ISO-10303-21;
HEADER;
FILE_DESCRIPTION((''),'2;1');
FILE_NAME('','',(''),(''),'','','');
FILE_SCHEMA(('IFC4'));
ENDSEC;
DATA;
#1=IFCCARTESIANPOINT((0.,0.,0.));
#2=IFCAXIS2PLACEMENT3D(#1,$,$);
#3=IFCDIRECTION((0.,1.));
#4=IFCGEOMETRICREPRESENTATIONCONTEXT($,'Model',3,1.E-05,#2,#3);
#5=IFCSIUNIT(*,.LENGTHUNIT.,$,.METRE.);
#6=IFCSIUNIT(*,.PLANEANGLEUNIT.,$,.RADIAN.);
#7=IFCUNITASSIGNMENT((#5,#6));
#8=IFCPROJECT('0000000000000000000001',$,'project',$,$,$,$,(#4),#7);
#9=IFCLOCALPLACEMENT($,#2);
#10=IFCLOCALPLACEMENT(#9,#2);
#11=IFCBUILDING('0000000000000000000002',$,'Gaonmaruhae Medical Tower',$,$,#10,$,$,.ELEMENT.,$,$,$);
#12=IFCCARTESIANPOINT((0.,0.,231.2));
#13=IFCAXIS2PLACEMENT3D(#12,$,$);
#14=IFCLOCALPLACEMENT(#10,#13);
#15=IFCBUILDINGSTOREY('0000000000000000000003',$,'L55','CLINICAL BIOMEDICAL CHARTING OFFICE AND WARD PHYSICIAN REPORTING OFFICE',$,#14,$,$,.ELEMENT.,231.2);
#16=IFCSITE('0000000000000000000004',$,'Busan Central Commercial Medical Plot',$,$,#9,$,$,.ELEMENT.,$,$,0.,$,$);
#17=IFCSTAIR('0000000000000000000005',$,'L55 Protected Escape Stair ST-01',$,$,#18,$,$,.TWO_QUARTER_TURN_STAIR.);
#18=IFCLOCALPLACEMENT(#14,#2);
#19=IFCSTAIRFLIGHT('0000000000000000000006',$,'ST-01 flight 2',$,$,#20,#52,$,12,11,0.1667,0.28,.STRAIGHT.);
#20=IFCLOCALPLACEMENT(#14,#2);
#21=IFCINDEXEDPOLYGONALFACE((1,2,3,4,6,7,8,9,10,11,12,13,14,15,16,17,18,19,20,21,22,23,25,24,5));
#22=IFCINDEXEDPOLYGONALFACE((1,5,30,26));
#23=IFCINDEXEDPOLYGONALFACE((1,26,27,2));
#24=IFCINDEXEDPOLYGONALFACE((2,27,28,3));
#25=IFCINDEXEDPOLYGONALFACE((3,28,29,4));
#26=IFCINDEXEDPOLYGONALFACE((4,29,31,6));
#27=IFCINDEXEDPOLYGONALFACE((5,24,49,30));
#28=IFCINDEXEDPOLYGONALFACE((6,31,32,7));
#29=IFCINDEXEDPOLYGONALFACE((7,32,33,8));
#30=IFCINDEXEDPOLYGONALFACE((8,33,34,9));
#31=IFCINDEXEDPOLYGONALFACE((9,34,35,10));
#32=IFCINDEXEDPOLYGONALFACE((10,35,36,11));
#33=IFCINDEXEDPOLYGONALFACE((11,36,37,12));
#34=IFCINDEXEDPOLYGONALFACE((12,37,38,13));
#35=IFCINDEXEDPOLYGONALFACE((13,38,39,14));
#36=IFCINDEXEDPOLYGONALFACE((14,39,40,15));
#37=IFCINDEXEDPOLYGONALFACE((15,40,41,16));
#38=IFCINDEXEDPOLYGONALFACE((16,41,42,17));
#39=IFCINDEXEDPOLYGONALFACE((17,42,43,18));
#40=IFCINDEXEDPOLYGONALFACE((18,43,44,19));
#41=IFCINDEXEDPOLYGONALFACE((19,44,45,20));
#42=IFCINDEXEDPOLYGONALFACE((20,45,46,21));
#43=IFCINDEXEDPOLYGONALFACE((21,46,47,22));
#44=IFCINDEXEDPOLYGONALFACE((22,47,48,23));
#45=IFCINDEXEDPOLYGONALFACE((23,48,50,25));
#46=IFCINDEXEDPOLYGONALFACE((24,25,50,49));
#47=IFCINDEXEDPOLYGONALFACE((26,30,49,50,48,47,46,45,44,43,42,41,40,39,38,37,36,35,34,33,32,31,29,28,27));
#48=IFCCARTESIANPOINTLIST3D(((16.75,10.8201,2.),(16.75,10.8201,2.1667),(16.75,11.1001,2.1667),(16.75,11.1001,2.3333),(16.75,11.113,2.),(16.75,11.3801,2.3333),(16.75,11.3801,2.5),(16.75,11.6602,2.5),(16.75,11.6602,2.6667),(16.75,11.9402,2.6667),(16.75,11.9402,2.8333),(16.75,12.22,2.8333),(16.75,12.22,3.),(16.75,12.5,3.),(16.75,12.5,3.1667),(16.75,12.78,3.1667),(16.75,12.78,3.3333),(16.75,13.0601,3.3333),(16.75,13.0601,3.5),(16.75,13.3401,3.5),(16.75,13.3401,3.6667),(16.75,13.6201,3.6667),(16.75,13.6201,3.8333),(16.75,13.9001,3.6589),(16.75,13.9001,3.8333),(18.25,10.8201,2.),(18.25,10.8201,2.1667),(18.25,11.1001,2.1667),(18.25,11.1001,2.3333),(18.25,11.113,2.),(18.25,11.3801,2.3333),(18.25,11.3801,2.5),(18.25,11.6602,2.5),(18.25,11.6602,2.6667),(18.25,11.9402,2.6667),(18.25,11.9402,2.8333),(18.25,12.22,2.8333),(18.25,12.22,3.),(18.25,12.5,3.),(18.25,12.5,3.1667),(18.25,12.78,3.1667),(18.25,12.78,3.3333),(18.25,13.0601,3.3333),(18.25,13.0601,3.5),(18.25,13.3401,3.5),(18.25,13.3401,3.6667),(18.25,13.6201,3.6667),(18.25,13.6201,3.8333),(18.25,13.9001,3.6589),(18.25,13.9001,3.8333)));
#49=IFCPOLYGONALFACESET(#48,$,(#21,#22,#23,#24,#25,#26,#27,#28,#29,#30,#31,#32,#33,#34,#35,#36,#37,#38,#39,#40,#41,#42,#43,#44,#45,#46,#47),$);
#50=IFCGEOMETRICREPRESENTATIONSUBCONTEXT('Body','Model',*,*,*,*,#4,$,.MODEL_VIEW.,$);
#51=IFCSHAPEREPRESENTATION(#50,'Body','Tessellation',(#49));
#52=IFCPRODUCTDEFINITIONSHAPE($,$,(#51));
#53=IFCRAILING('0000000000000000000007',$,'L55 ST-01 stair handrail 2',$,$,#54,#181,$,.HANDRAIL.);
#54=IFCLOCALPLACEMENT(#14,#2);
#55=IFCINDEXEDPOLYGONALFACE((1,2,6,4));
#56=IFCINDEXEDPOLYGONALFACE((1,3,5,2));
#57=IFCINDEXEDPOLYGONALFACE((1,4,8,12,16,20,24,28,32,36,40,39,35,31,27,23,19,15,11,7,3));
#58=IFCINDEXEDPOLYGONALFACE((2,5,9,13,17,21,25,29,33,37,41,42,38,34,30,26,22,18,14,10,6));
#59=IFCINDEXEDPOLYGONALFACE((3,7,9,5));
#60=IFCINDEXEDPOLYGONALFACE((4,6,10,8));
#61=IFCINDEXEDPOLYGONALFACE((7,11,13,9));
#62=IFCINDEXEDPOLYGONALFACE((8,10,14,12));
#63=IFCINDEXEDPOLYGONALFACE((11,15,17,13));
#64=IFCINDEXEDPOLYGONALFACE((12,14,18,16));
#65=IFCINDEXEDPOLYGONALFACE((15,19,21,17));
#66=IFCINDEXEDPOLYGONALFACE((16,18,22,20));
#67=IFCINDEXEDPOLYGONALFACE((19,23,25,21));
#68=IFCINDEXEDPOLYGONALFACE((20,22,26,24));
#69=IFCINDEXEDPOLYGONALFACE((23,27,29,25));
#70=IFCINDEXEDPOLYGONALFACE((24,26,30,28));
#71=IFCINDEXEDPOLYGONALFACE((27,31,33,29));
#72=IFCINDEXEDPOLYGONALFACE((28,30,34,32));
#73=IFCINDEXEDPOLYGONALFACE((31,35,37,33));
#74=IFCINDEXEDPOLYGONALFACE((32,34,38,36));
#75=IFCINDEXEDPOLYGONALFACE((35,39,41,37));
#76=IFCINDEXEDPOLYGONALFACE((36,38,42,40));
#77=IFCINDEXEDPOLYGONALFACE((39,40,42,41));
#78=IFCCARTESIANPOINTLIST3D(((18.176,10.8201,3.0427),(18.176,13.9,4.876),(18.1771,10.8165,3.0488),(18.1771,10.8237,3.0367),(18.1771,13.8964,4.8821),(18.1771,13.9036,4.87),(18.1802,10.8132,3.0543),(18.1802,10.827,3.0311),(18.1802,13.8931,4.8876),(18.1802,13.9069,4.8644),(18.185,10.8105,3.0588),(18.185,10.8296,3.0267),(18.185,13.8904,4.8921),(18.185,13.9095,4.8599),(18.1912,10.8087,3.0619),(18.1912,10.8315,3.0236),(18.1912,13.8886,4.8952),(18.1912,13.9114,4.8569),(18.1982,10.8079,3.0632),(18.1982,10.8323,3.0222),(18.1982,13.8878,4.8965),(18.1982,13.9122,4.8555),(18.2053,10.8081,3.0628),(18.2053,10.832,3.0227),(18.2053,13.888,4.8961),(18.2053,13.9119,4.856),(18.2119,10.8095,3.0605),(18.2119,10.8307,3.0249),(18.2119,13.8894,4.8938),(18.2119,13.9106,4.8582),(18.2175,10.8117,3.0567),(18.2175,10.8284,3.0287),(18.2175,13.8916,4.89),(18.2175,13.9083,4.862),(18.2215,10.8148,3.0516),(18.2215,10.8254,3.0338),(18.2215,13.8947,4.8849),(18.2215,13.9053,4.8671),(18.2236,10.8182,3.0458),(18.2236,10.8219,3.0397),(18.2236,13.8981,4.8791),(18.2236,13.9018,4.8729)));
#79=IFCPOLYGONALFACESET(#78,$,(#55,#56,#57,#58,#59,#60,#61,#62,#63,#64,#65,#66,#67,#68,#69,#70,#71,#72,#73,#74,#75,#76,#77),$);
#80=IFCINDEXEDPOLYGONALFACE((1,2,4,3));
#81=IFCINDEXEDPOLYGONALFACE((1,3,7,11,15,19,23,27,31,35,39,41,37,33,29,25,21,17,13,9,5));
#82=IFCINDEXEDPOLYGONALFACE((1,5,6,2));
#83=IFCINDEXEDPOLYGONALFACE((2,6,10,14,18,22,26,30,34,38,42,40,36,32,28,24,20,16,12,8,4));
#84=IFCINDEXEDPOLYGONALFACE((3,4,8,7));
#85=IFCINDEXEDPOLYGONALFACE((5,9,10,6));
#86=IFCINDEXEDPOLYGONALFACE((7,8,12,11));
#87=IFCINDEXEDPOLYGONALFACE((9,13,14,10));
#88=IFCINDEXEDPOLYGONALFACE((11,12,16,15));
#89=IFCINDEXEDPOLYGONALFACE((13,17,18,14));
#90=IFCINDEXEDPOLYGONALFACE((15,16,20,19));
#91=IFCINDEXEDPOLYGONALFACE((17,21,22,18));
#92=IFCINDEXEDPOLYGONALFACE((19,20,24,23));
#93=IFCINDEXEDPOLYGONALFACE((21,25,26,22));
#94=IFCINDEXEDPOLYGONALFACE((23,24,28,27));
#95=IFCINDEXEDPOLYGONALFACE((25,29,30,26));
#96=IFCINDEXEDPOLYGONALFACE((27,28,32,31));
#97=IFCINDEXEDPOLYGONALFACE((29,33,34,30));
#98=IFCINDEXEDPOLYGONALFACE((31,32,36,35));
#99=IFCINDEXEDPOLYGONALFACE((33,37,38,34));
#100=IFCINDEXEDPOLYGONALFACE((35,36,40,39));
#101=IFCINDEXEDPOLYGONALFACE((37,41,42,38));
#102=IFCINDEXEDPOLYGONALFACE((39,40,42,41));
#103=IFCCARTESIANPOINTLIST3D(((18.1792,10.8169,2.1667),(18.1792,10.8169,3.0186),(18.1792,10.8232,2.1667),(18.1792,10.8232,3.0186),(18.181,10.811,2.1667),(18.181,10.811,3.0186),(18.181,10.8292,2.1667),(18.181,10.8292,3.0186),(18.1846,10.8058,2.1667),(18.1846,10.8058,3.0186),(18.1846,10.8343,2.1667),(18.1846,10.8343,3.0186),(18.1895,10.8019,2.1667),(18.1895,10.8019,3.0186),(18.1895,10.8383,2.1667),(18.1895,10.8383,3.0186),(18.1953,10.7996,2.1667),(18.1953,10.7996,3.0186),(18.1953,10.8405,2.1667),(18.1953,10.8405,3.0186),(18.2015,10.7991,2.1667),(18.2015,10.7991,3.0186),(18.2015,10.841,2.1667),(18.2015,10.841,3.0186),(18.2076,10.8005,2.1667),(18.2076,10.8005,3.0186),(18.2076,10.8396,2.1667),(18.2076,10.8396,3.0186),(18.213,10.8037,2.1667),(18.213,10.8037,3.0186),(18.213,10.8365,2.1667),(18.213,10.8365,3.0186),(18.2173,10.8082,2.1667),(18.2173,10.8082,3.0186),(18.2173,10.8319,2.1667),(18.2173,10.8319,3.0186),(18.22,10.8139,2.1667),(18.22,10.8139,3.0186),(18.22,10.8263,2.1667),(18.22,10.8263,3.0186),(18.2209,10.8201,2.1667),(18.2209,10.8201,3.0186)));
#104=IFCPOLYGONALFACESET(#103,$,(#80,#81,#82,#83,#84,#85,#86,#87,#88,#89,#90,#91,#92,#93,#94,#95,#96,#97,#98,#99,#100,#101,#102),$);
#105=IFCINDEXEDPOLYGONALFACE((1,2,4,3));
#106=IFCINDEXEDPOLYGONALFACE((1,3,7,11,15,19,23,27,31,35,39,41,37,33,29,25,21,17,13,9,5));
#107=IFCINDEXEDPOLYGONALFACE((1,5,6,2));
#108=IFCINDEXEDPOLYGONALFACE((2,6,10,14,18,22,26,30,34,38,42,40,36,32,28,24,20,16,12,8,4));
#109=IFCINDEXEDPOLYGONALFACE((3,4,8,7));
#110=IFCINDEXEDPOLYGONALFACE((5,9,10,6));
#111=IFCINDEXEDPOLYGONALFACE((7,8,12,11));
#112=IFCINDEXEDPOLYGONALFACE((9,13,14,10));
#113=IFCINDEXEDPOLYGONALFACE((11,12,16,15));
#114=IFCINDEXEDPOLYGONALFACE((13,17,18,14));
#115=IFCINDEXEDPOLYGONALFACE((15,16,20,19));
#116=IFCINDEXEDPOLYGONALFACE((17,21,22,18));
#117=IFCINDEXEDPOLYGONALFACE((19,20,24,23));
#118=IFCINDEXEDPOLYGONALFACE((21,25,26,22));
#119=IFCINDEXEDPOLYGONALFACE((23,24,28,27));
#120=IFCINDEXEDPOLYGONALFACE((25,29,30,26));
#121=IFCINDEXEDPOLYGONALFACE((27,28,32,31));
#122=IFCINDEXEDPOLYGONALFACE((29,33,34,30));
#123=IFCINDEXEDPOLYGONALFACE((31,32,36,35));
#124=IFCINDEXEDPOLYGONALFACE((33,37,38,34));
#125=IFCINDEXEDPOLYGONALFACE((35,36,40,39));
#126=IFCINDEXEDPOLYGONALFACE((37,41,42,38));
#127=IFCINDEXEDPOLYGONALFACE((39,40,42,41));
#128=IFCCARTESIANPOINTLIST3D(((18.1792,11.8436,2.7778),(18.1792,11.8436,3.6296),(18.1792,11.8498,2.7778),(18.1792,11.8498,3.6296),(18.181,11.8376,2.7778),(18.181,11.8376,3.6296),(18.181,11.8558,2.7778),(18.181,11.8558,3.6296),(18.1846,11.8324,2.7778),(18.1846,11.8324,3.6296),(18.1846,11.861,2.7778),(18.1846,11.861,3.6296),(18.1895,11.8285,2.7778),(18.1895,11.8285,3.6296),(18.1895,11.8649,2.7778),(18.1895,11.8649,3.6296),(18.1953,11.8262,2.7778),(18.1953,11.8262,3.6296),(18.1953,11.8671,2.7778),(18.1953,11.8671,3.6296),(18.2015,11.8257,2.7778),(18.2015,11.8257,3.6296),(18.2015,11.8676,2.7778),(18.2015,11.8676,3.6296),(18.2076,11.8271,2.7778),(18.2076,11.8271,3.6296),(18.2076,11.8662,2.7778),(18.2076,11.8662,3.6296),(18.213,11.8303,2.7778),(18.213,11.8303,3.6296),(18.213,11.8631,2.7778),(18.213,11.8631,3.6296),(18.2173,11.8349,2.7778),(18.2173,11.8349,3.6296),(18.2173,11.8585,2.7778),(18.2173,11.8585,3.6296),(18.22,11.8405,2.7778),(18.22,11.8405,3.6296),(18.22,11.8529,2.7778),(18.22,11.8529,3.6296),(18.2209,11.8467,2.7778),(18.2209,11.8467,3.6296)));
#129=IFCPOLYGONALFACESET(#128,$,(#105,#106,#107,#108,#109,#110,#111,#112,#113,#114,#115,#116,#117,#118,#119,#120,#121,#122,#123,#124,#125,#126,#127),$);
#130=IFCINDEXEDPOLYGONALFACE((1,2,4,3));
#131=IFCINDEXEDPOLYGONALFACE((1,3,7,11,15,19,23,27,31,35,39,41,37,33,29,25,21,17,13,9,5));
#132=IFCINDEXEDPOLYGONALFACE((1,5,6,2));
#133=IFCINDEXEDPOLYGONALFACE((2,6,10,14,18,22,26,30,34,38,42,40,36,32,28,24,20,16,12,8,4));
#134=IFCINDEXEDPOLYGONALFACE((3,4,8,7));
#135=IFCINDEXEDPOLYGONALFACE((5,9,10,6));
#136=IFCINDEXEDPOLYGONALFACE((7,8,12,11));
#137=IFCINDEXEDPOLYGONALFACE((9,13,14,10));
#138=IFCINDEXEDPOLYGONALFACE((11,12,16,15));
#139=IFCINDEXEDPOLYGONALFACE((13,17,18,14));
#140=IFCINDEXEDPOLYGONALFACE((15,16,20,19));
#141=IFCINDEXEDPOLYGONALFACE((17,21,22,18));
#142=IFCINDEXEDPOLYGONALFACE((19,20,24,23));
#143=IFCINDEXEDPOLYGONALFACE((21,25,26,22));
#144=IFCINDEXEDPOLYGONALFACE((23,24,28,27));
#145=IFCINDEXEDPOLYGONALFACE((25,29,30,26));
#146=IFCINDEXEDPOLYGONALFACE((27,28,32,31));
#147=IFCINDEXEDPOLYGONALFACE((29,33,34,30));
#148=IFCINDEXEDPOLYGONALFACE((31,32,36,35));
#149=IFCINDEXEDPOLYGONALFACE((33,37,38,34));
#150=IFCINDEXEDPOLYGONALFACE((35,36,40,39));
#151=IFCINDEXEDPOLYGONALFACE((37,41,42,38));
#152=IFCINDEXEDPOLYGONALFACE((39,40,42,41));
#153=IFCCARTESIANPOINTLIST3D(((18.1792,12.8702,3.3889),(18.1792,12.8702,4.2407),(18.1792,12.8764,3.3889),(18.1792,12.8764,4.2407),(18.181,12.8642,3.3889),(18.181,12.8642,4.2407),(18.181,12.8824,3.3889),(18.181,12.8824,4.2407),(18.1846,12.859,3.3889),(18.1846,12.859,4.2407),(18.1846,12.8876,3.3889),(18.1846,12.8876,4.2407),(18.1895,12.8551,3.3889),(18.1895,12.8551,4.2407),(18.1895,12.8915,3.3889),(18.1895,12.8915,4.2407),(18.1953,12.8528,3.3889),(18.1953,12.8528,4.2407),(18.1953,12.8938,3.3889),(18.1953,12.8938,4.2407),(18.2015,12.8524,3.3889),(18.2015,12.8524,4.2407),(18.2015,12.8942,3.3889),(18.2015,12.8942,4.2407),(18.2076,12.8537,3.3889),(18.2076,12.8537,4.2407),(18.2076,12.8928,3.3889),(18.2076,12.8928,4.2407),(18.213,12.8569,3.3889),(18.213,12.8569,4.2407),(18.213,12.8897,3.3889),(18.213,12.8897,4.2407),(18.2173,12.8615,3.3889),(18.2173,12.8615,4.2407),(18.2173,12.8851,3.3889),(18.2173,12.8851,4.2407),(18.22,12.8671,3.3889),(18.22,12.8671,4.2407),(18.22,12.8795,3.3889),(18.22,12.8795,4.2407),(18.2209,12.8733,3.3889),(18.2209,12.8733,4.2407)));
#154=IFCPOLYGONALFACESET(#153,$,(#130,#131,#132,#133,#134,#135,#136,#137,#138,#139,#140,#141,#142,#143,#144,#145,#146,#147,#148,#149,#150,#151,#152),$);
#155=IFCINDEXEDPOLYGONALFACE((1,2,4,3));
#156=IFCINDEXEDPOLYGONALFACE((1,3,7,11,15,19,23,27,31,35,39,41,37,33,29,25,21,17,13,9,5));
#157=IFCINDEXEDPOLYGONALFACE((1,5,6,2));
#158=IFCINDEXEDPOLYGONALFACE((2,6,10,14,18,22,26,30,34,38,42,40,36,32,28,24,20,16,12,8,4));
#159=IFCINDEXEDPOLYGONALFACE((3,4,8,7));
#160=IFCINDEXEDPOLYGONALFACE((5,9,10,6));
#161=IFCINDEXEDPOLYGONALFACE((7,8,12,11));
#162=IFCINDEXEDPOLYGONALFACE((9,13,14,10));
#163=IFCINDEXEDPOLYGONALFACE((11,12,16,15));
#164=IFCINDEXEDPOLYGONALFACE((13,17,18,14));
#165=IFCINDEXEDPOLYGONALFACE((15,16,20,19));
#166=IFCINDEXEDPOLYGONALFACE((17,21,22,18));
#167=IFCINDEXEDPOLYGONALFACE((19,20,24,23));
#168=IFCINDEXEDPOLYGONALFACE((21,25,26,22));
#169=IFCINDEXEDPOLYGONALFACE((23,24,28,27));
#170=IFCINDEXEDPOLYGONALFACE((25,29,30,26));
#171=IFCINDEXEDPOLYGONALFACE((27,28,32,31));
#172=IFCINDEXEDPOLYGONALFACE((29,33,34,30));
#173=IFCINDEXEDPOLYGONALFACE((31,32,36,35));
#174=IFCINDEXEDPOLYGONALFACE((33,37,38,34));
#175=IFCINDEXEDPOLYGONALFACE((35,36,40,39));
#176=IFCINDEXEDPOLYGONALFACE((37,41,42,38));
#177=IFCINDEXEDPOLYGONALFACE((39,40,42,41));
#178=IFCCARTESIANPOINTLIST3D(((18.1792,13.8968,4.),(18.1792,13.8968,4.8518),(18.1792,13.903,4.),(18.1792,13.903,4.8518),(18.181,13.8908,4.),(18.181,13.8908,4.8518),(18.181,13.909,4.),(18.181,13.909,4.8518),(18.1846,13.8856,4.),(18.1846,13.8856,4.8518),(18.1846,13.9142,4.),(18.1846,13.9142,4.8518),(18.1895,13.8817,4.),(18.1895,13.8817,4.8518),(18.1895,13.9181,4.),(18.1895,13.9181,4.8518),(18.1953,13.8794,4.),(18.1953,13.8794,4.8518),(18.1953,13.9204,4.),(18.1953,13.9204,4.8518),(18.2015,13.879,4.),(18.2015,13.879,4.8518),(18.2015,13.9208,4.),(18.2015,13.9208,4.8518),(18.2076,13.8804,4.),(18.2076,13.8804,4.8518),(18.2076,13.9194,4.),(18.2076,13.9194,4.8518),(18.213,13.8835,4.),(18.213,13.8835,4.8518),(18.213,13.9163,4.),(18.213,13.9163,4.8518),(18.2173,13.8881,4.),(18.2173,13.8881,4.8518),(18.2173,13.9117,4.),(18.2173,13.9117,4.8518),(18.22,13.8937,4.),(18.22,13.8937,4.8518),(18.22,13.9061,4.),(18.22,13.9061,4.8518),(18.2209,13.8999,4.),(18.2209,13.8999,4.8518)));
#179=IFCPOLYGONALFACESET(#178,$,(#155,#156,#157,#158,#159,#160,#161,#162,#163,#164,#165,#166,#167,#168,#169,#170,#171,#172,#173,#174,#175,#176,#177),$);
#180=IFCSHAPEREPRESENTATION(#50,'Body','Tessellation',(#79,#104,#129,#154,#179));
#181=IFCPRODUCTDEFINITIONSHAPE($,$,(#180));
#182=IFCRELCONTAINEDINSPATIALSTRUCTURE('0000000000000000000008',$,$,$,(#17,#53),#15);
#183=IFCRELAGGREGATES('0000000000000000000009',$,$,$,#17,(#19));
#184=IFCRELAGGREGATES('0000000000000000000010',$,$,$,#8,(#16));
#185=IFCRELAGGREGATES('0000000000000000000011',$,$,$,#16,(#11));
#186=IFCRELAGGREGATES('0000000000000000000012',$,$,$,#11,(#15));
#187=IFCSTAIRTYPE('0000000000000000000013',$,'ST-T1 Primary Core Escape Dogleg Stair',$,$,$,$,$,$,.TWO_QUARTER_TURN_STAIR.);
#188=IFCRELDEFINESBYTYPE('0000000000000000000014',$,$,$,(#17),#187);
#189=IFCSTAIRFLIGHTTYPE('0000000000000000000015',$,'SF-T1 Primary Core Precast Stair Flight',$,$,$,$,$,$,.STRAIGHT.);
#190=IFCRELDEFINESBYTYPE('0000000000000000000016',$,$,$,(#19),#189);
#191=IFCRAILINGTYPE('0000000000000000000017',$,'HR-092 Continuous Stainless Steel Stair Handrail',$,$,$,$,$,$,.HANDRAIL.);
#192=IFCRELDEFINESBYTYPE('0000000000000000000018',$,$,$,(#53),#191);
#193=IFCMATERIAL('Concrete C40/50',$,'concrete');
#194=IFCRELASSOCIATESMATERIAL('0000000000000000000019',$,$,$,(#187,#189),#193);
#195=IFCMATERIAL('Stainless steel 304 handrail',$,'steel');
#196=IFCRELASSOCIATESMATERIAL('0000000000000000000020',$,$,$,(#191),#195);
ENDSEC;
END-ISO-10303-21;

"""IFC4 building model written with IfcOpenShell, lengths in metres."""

from ifc_helpers import new_model, si_unit, direction, frame, origin, origin_2d, place, context, subcontext, project, spatial, polyline, circle, outline, extrude, material, type_object, element, aggregate, save


model = new_model("IFC4")

# Units and contexts
model_context = context("Model", 3, precision=1e-05, world=origin(), true_north=direction((0.0, 1.0)))
body_context = subcontext(model_context, "Body", "Model", "MODEL_VIEW")
ifc_project = project(units=[si_unit("LENGTHUNIT", "METRE"), si_unit("PLANEANGLEUNIT", "RADIAN")], contexts=[model_context])

# Site, building, storey
site_placement = place(None, origin())
site = spatial("IfcSite", under=ifc_project, at=site_placement, Name="Busan Central Commercial Medical Plot", CompositionType="ELEMENT", RefElevation=0.0)
building_placement = place(site_placement, origin())
building = spatial("IfcBuilding", under=site, at=building_placement, Name="Gaonmaruhae Medical Tower", CompositionType="ELEMENT")
storey_placement = place(building_placement, frame((0.0, 0.0, 231.2)))
storey = spatial("IfcBuildingStorey", under=building, at=storey_placement, Name="L55", Description="CLINICAL BIOMEDICAL CHARTING OFFICE AND WARD PHYSICIAN REPORTING OFFICE", CompositionType="ELEMENT", Elevation=231.2)

# Stair, stair flight
ifc_material_1 = material(Name="Concrete C40/50", Category="concrete")
stair_type = type_object("IfcStairType", Name="ST-T1 Primary Core Escape Dogleg Stair", PredefinedType="TWO_QUARTER_TURN_STAIR", material=ifc_material_1)
stair_placement = place(storey_placement, origin())
stair = element("IfcStair", 1, at=stair_placement, inside=storey, type_object=stair_type, Name="L55 Protected Escape Stair ST-01", PredefinedType="TWO_QUARTER_TURN_STAIR")
stair_flight_type = type_object("IfcStairFlightType", Name="SF-T1 Primary Core Precast Stair Flight", PredefinedType="STRAIGHT", material=ifc_material_1)
stair_flight_placement = place(storey_placement, frame((17.5, 10.8201, 2.0), z_axis=(0.0, 0.0, 1.0), x_axis=(0.0, 1.0, 0.0)))
stair_flight = element("IfcStairFlight", 2, at=stair_flight_placement, type_object=stair_flight_type, Name="ST-01 flight 2", NumberOfRisers=12, NumberOfTreads=11, PredefinedType="STRAIGHT", RiserHeight=0.1667, TreadLength=0.28, context=body_context, shape_type="SweptSolid", body=[
    extrude(outline(polyline([(0.0, 0.0), (0.0, 0.1667), (0.28, 0.1667), (0.28, 0.3333), (0.5601, 0.3333), (0.5601, 0.5), (0.8401, 0.5), (0.8401, 0.6667), (1.1201, 0.6667), (1.1201, 0.8333), (1.3999, 0.8333), (1.3999, 1.0), (1.6799, 1.0), (1.6799, 1.1667), (1.96, 1.1667), (1.96, 1.3333), (2.24, 1.3333), (2.24, 1.5), (2.52, 1.5), (2.52, 1.6667), (2.8, 1.6667), (2.8, 1.8333), (3.0801, 1.8333), (3.0801, 2.0), (3.0801, 1.6589), (0.293, 0.0), (0.0, 0.0)])), frame((0.0, 0.75, 0.0), z_axis=(0.0, -1.0, 0.0), x_axis=(1.0, 0.0, 0.0)), (0.0, 0.0, 1.0), 1.5),
])
aggregate(stair, [stair_flight])

# Railing
ifc_material_2 = material(Name="Stainless steel 304 handrail", Category="steel")
railing_type_1 = type_object("IfcRailingType", Name="HR-092 Continuous Stainless Steel Stair Handrail", PredefinedType="HANDRAIL", material=ifc_material_2)
railing_1_placement = place(storey_placement, frame((18.2, 10.8201, 2.1667)))
element("IfcRailing", 3, at=railing_1_placement, inside=storey, type_object=railing_type_1, Name="L55 ST-01 stair handrail 2", PredefinedType="HANDRAIL", context=body_context, shape_type="SweptSolid", body=[
    extrude(circle(Radius=0.0239, at=origin_2d()), frame((0.0, 0.0, 0.876), z_axis=(0.0, 0.859291, 0.511487), x_axis=(-1.0, 0.0, 0.0)), (0.0, 0.0, 1.0), 3.5842),
    extrude(circle(Radius=0.021, at=origin_2d()), origin(), (0.0, 0.0, 1.0), 0.8518),
    extrude(circle(Radius=0.021, at=origin_2d()), frame((0.0, 1.0266, 0.6111)), (0.0, 0.0, 1.0), 0.8518),
    extrude(circle(Radius=0.021, at=origin_2d()), frame((0.0, 2.0532, 1.2222)), (0.0, 0.0, 1.0), 0.8518),
    extrude(circle(Radius=0.021, at=origin_2d()), frame((0.0, 3.0798, 1.8333)), (0.0, 0.0, 1.0), 0.8518),
])

save(model, "model.ifc")
